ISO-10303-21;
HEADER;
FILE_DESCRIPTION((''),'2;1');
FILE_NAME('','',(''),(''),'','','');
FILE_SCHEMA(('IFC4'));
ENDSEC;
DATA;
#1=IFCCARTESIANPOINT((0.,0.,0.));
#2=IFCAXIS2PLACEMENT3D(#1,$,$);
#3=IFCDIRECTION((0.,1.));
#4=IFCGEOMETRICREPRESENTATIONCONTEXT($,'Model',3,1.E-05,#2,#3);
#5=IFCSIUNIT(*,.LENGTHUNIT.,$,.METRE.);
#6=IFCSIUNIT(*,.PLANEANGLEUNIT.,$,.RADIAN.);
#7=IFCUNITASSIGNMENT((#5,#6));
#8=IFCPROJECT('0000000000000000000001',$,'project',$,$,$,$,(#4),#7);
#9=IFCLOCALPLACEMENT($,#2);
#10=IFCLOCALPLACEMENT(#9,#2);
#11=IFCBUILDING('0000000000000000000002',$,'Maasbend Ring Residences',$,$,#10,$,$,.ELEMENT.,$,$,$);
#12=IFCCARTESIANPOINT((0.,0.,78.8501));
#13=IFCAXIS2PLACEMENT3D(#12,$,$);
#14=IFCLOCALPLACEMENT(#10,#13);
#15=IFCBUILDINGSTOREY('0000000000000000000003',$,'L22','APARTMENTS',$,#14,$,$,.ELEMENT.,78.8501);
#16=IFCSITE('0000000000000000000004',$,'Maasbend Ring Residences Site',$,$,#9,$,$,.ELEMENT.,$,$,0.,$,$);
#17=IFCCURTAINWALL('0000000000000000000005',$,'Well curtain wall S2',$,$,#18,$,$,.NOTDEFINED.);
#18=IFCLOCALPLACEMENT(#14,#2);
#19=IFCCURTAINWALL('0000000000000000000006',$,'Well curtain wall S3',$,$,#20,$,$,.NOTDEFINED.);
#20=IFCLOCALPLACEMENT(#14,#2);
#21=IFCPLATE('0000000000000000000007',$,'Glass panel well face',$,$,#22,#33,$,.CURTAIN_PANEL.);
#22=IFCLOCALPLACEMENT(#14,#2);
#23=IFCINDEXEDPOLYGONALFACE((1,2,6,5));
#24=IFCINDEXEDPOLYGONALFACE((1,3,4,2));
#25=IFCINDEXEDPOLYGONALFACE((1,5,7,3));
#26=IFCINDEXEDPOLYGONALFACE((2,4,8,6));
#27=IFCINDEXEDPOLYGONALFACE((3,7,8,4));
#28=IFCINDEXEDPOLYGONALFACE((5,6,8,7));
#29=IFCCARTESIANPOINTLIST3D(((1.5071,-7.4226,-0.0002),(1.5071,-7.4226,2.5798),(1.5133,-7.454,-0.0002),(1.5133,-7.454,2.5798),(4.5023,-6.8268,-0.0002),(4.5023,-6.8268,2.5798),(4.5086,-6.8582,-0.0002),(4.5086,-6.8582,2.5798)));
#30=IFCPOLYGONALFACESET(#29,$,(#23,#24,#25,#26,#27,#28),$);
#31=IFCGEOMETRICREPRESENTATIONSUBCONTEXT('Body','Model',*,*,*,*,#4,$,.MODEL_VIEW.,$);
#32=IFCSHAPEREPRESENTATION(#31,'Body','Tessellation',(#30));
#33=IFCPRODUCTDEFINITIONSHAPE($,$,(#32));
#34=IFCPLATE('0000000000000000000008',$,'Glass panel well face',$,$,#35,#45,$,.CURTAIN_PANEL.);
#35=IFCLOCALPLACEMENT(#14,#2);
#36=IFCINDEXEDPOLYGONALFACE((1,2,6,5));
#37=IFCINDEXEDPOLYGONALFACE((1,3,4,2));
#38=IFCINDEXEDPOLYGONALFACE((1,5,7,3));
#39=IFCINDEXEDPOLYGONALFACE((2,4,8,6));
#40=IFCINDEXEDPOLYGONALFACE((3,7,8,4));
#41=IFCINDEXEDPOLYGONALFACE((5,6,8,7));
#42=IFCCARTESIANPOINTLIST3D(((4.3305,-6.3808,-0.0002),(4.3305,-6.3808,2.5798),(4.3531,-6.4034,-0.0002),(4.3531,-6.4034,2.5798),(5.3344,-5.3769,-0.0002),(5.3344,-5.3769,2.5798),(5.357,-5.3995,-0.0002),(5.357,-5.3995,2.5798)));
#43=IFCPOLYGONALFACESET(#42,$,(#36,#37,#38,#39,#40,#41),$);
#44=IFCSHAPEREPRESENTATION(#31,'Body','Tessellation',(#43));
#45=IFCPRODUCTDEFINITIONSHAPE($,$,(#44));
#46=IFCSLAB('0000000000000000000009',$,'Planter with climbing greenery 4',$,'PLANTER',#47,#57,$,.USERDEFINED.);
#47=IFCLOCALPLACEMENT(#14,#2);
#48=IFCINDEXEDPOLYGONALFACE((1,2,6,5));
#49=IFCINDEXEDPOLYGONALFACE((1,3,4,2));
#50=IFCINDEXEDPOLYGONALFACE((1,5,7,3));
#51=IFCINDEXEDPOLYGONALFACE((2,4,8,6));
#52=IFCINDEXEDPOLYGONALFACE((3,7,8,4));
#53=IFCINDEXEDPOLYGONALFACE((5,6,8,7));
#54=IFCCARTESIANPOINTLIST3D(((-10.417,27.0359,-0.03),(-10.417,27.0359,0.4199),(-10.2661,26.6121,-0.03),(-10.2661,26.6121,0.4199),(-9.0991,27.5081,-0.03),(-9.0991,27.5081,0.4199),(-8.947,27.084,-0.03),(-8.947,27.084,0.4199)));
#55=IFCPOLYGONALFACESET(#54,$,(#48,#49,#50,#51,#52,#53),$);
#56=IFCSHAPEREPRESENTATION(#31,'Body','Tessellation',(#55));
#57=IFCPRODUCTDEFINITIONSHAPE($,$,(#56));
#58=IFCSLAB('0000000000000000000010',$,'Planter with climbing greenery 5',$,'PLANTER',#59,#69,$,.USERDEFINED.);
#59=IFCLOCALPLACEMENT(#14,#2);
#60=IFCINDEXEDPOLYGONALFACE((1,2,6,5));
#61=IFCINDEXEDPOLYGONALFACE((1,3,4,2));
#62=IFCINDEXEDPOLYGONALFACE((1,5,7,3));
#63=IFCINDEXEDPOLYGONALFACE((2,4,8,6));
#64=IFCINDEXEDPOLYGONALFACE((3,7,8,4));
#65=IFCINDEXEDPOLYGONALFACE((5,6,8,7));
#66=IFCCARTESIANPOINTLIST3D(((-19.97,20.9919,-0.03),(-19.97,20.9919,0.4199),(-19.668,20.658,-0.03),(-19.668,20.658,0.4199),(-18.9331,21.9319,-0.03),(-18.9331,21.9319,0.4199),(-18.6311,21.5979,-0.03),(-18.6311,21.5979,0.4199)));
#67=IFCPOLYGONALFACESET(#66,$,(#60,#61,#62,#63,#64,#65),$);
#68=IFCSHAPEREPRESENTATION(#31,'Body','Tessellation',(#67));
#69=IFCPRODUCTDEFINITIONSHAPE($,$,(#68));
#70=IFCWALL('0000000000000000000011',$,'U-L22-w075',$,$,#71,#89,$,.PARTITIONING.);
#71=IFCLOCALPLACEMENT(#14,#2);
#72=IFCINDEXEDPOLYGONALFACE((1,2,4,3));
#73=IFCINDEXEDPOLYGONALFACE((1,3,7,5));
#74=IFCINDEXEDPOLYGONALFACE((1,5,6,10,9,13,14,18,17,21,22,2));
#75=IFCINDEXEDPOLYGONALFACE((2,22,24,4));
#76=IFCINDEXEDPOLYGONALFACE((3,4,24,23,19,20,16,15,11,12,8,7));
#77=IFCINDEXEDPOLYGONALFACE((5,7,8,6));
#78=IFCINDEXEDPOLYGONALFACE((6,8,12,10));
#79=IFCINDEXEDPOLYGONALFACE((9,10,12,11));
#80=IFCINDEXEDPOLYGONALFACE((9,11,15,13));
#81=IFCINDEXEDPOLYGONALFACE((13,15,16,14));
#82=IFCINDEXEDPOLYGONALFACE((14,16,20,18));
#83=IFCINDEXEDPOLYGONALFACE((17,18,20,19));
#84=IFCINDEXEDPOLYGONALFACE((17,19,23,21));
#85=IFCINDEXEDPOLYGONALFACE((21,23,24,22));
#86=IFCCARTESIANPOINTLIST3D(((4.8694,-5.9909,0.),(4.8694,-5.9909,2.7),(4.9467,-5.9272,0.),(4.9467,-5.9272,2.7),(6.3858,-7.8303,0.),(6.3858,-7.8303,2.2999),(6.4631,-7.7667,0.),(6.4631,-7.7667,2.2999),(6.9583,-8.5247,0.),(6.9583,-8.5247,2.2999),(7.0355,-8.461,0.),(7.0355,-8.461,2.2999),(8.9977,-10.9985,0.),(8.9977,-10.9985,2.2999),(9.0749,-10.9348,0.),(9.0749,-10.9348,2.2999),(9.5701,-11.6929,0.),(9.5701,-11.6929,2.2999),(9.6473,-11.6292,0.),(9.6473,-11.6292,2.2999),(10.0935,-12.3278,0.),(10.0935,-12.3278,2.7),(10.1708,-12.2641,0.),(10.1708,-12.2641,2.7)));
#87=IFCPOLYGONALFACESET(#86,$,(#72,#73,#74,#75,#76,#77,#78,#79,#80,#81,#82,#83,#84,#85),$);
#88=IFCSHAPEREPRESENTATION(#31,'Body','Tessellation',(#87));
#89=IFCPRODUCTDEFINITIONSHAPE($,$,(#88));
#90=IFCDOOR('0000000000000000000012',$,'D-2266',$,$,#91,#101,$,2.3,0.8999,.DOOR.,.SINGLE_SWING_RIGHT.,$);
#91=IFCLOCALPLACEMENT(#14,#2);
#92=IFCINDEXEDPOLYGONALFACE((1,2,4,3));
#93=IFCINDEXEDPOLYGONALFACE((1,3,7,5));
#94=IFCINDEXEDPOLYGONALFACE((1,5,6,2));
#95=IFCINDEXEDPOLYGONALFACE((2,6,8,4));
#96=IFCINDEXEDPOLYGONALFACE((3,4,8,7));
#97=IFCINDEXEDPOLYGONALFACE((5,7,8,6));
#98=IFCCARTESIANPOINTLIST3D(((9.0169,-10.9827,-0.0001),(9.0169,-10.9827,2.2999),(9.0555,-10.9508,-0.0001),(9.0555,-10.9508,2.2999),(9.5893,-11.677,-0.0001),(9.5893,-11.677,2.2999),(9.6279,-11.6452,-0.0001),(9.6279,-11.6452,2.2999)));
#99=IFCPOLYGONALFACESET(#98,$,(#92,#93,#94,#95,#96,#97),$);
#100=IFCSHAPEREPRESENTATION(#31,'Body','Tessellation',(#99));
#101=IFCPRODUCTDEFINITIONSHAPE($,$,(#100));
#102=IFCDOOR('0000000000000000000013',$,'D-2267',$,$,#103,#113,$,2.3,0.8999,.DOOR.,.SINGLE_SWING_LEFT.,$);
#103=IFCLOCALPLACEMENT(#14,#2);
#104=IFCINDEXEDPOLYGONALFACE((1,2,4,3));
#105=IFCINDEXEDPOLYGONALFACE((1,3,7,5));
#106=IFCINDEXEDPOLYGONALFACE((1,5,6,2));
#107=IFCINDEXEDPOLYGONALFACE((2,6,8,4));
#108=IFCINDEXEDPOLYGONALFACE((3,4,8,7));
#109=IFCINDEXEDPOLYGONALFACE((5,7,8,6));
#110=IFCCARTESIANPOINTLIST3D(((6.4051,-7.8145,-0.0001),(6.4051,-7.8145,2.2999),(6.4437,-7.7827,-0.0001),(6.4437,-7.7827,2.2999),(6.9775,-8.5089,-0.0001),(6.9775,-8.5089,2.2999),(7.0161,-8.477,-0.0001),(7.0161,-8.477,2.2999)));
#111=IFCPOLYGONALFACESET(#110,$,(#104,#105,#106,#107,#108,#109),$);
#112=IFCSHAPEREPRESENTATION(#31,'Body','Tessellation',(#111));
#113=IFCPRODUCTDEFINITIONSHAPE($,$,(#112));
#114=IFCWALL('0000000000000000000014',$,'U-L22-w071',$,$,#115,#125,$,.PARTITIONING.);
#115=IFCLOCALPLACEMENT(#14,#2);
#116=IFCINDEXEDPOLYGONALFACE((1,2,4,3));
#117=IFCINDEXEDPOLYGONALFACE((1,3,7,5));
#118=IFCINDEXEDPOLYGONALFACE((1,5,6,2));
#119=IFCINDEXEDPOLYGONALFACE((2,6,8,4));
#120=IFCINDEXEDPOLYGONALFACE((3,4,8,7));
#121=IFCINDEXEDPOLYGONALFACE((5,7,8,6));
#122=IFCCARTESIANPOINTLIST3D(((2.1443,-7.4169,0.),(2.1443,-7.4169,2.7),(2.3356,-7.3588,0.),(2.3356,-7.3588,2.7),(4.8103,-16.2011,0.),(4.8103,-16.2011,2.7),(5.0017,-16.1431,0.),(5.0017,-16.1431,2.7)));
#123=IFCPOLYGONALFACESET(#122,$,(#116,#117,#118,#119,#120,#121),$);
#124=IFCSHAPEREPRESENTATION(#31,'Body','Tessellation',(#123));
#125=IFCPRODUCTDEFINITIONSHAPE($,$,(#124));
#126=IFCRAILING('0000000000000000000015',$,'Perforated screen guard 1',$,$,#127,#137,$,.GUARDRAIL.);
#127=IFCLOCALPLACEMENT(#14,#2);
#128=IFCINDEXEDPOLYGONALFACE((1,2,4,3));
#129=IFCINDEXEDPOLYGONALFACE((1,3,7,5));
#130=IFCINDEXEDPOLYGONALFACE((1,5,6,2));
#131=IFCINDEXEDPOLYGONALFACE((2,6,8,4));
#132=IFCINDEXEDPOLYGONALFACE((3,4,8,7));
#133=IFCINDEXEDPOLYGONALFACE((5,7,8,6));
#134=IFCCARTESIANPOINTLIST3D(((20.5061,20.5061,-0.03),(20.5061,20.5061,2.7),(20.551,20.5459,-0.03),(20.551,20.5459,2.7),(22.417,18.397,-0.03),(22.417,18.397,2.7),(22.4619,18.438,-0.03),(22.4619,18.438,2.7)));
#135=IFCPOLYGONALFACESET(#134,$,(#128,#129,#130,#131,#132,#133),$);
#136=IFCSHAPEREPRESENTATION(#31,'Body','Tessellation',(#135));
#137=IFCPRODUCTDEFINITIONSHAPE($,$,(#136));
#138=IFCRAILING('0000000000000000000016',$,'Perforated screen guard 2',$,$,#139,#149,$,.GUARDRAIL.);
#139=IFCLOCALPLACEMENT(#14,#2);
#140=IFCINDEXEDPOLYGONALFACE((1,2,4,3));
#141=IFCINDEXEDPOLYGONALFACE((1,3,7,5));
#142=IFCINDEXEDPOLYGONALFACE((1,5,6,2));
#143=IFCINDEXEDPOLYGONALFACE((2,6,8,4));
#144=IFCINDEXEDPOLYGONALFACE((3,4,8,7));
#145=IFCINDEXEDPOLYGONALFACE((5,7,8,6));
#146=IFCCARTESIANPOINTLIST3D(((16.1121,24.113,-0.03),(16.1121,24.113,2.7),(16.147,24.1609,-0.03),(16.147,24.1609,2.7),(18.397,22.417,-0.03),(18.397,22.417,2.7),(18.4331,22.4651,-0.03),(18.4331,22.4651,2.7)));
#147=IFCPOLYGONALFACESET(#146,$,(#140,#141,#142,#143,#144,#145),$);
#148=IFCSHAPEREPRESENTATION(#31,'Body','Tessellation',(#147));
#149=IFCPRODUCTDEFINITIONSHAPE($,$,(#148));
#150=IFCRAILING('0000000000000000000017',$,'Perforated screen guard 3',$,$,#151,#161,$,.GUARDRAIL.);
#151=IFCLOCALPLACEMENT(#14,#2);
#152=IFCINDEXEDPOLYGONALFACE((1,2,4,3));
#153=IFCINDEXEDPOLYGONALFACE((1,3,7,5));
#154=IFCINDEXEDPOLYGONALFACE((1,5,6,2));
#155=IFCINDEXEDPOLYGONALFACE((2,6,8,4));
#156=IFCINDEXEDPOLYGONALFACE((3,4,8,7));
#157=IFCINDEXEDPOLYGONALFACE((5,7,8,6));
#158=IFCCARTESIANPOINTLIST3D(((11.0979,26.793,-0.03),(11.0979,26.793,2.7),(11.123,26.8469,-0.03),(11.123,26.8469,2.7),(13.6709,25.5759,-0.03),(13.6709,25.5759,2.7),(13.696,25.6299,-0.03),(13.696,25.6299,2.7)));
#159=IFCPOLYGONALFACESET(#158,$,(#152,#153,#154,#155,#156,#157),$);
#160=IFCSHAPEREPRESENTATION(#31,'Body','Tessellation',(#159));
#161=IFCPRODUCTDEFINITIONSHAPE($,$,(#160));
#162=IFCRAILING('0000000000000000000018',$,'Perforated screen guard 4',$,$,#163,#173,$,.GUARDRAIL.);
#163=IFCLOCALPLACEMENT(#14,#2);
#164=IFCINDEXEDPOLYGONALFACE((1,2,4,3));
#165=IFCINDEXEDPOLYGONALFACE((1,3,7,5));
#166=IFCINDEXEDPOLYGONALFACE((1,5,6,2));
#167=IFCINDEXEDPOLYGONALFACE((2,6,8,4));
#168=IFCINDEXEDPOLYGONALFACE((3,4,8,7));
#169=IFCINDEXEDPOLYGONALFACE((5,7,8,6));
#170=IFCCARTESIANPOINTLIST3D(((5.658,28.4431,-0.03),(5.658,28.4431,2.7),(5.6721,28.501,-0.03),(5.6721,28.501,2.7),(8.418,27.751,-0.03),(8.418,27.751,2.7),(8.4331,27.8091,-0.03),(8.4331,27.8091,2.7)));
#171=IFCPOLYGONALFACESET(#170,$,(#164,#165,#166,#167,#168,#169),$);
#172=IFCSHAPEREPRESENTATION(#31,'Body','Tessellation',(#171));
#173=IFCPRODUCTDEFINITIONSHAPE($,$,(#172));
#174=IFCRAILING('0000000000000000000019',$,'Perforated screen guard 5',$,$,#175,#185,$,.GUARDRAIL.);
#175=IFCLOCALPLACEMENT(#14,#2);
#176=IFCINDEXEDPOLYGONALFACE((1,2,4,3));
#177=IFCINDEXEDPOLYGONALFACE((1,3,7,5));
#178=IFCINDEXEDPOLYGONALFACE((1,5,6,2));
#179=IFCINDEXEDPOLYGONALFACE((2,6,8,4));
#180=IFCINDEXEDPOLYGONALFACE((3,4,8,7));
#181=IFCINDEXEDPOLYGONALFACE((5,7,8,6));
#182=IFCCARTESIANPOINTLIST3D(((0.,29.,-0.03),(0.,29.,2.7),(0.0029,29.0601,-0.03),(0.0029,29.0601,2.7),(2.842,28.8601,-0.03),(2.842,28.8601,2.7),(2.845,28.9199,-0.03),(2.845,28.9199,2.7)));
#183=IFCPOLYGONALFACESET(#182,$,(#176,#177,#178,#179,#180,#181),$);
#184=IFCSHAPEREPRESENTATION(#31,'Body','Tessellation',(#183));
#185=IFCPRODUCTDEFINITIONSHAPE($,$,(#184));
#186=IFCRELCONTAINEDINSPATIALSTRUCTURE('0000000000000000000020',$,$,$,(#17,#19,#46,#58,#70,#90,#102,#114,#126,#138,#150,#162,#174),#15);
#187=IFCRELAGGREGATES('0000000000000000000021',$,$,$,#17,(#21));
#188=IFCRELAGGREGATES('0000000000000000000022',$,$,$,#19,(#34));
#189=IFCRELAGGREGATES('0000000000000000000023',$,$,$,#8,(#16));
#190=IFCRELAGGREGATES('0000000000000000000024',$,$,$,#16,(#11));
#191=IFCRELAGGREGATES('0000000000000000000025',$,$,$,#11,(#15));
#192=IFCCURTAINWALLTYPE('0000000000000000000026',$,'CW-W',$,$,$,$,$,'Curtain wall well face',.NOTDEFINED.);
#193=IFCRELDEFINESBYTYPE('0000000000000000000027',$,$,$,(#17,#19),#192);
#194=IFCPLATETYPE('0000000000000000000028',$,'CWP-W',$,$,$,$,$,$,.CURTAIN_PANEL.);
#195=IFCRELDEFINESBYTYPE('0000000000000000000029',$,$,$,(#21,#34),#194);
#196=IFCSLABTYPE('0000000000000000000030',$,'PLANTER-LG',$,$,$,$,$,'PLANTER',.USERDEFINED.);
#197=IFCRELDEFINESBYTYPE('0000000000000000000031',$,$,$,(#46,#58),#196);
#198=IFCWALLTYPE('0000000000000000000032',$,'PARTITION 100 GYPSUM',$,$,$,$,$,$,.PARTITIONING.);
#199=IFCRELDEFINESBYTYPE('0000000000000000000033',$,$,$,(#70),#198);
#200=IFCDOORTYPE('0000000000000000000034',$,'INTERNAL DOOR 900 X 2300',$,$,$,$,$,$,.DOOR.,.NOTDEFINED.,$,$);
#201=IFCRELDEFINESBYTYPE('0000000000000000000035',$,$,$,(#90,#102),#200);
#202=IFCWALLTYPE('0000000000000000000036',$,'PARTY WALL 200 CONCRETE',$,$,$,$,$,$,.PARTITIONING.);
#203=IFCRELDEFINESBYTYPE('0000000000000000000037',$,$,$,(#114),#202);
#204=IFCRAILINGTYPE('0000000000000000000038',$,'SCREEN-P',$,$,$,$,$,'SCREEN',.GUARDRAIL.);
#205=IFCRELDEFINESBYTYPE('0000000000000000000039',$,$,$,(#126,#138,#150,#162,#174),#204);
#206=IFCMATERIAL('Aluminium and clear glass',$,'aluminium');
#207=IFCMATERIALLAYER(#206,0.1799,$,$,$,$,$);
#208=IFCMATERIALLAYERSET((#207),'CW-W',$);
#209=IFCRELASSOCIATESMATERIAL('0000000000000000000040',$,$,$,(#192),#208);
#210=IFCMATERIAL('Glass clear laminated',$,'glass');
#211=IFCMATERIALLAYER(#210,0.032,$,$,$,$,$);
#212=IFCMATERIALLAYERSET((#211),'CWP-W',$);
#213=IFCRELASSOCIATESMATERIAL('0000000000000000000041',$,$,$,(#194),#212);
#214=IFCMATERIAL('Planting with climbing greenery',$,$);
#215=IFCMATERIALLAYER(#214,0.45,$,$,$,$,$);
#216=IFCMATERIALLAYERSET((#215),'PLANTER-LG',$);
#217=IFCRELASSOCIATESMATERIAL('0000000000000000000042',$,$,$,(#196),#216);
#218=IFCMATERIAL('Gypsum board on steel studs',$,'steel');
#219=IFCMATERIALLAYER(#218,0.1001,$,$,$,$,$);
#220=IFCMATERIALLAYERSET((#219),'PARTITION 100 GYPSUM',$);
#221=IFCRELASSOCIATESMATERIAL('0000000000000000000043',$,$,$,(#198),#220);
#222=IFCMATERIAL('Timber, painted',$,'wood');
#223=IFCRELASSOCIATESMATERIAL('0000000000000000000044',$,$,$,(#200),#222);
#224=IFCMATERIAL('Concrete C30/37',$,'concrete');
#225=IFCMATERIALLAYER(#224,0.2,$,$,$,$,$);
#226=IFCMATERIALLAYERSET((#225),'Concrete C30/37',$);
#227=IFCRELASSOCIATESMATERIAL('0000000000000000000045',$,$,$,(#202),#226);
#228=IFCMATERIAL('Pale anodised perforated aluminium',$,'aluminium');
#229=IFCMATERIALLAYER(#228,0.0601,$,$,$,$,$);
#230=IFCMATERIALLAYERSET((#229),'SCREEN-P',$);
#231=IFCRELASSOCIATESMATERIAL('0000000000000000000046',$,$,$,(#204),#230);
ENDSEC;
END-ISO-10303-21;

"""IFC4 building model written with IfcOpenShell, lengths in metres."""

from ifc_helpers import new_model, si_unit, direction, frame, frame_2d, origin, origin_2d, place, context, subcontext, project, spatial, polyline, rectangle, outline, extrude, material, layer, layer_set, type_object, element, fill, aggregate, save


model = new_model("IFC4")

# Units and contexts
model_context = context("Model", 3, precision=1e-05, world=origin(), true_north=direction((0.0, 1.0)))
body_context = subcontext(model_context, "Body", "Model", "MODEL_VIEW")
ifc_project = project(units=[si_unit("LENGTHUNIT", "METRE"), si_unit("PLANEANGLEUNIT", "RADIAN")], contexts=[model_context])

# Site, building, storey
site_placement = place(None, origin())
site = spatial("IfcSite", under=ifc_project, at=site_placement, Name="Maasbend Ring Residences Site", CompositionType="ELEMENT", RefElevation=0.0)
building_placement = place(site_placement, origin())
building = spatial("IfcBuilding", under=site, at=building_placement, Name="Maasbend Ring Residences", CompositionType="ELEMENT")
storey_placement = place(building_placement, frame((0.0, 0.0, 78.8501)))
storey = spatial("IfcBuildingStorey", under=building, at=storey_placement, Name="L22", Description="APARTMENTS", CompositionType="ELEMENT", Elevation=78.8501)

# Curtain walls
ifc_material_1 = material(Name="Aluminium and clear glass", Category="aluminium")
ifc_layer_1 = layer(ifc_material_1, 0.1799)
ifc_layer_set_1 = layer_set([ifc_layer_1], Name="CW-W")
curtain_wall_type = type_object("IfcCurtainWallType", Name="CW-W", ElementType="Curtain wall well face", PredefinedType="NOTDEFINED", material=ifc_layer_set_1)
curtain_wall_1_placement = place(storey_placement, origin())
curtain_wall_1 = element("IfcCurtainWall", 1, at=curtain_wall_1_placement, inside=storey, type_object=curtain_wall_type, Name="Well curtain wall S2", PredefinedType="NOTDEFINED")
curtain_wall_2_placement = place(storey_placement, origin())
curtain_wall_2 = element("IfcCurtainWall", 2, at=curtain_wall_2_placement, inside=storey, type_object=curtain_wall_type, Name="Well curtain wall S3", PredefinedType="NOTDEFINED")

# Plates
ifc_material_2 = material(Name="Glass clear laminated", Category="glass")
ifc_layer_2 = layer(ifc_material_2, 0.032)
ifc_layer_set_2 = layer_set([ifc_layer_2], Name="CWP-W")
plate_type = type_object("IfcPlateType", Name="CWP-W", PredefinedType="CURTAIN_PANEL", material=ifc_layer_set_2)
plate_1_placement = place(storey_placement, frame((3.0078, -7.1404, -0.0002), z_axis=(0.0, 0.0, 1.0), x_axis=(0.980785, 0.19509, 0.0)))
plate_1 = element("IfcPlate", 3, at=plate_1_placement, type_object=plate_type, Name="Glass panel well face", PredefinedType="CURTAIN_PANEL", context=body_context, shape_type="SweptSolid", body=[
    extrude(rectangle(XDim=3.054, YDim=0.032, at=origin_2d()), origin(), (0.0, 0.0, 1.0), 2.5801),
])
aggregate(curtain_wall_1, [plate_1])
plate_2_placement = place(storey_placement, frame((4.8438, -5.8901, -0.0002), z_axis=(0.0, 0.0, 1.0), x_axis=(0.707107, 0.707107, 0.0)))
plate_2 = element("IfcPlate", 4, at=plate_2_placement, type_object=plate_type, Name="Glass panel well face", PredefinedType="CURTAIN_PANEL", context=body_context, shape_type="SweptSolid", body=[
    extrude(rectangle(XDim=1.4197, YDim=0.032, at=origin_2d()), origin(), (0.0, 0.0, 1.0), 2.5801),
])
aggregate(curtain_wall_2, [plate_2])

# Slabs
ifc_material_3 = material(Name="Planting with climbing greenery")
ifc_layer_3 = layer(ifc_material_3, 0.45)
ifc_layer_set_3 = layer_set([ifc_layer_3], Name="PLANTER-LG")
slab_type_1 = type_object("IfcSlabType", Name="PLANTER-LG", ElementType="PLANTER", PredefinedType="USERDEFINED", material=ifc_layer_set_3)
slab_1_placement = place(storey_placement, frame((0.0, 0.0, -0.03)))
element("IfcSlab", 5, at=slab_1_placement, inside=storey, type_object=slab_type_1, Name="Planter with climbing greenery 4", ObjectType="PLANTER", PredefinedType="USERDEFINED", context=body_context, shape_type="SweptSolid", body=[
    extrude(outline(polyline([(-9.0991, 27.5081), (-10.417, 27.0359), (-10.2661, 26.6121), (-8.947, 27.084), (-9.0991, 27.5081)])), origin(), (0.0, 0.0, 1.0), 0.45),
])
slab_2_placement = place(storey_placement, frame((0.0, 0.0, -0.03)))
element("IfcSlab", 6, at=slab_2_placement, inside=storey, type_object=slab_type_1, Name="Planter with climbing greenery 5", ObjectType="PLANTER", PredefinedType="USERDEFINED", context=body_context, shape_type="SweptSolid", body=[
    extrude(outline(polyline([(-18.9331, 21.9319), (-19.97, 20.9919), (-19.668, 20.658), (-18.6311, 21.5979), (-18.9331, 21.9319)])), origin(), (0.0, 0.0, 1.0), 0.45),
])

# Wall, openings, doors
ifc_material_4 = material(Name="Gypsum board on steel studs", Category="steel")
ifc_layer_4 = layer(ifc_material_4, 0.1001)
ifc_layer_set_4 = layer_set([ifc_layer_4], Name="PARTITION 100 GYPSUM")
wall_type_1 = type_object("IfcWallType", Name="PARTITION 100 GYPSUM", PredefinedType="PARTITIONING", material=ifc_layer_set_4)
wall_1_placement = place(storey_placement, frame((4.908, -5.959, 0.0), z_axis=(0.0, 0.0, 1.0), x_axis=(0.636105, -0.771602, 0.0)))
wall_1 = element("IfcWall", 7, at=wall_1_placement, inside=storey, type_object=wall_type_1, Name="U-L22-w075", PredefinedType="PARTITIONING", context=body_context, shape_type="SweptSolid", body=[
    extrude(rectangle(XDim=8.2126, YDim=0.1001, at=frame_2d((4.1064, 0.0))), origin(), (0.0, 0.0, 1.0), 2.7),
])
opening_1_placement = place(wall_1_placement, frame((6.49, 0.0, 0.0)))
opening_1 = element("IfcOpeningElement", 8, at=opening_1_placement, cuts=wall_1, PredefinedType="OPENING", context=body_context, shape_type="SweptSolid", body=[
    extrude(rectangle(XDim=0.8999, YDim=2.3, at=frame_2d((0.45, 1.1499))), frame((0.0, 0.0601, 0.0), z_axis=(0.0, -1.0, 0.0), x_axis=(1.0, 0.0, 0.0)), (0.0, 0.0, 1.0), 0.1201),
])
opening_2_placement = place(wall_1_placement, frame((2.384, 0.0, 0.0)))
opening_2 = element("IfcOpeningElement", 9, at=opening_2_placement, cuts=wall_1, PredefinedType="OPENING", context=body_context, shape_type="SweptSolid", body=[
    extrude(rectangle(XDim=0.8999, YDim=2.3, at=frame_2d((0.45, 1.1499))), frame((0.0, 0.0601, 0.0), z_axis=(0.0, -1.0, 0.0), x_axis=(1.0, 0.0, 0.0)), (0.0, 0.0, 1.0), 0.1201),
])
ifc_material_5 = material(Name="Timber, painted", Category="wood")
door_type = type_object("IfcDoorType", Name="INTERNAL DOOR 900 X 2300", OperationType="NOTDEFINED", PredefinedType="DOOR", material=ifc_material_5)
door_1_placement = place(opening_1_placement, origin())
door_1 = element("IfcDoor", 10, at=door_1_placement, inside=storey, type_object=door_type, Name="D-2266", OperationType="SINGLE_SWING_RIGHT", OverallHeight=2.3, OverallWidth=0.8999, PredefinedType="DOOR", context=body_context, shape_type="SweptSolid", body=[
    extrude(rectangle(XDim=0.8999, YDim=2.3, at=frame_2d((0.45, 1.1499))), frame((0.0, 0.0249, 0.0), z_axis=(0.0, -1.0, 0.0), x_axis=(1.0, 0.0, 0.0)), (0.0, 0.0, 1.0), 0.05),
])
fill(opening_1, door_1)
door_2_placement = place(opening_2_placement, origin())
door_2 = element("IfcDoor", 11, at=door_2_placement, inside=storey, type_object=door_type, Name="D-2267", OperationType="SINGLE_SWING_LEFT", OverallHeight=2.3, OverallWidth=0.8999, PredefinedType="DOOR", context=body_context, shape_type="SweptSolid", body=[
    extrude(rectangle(XDim=0.8999, YDim=2.3, at=frame_2d((0.45, 1.1499))), frame((0.0, 0.0249, 0.0), z_axis=(0.0, -1.0, 0.0), x_axis=(1.0, 0.0, 0.0)), (0.0, 0.0, 1.0), 0.05),
])
fill(opening_2, door_2)

# Wall
ifc_material_6 = material(Name="Concrete C30/37", Category="concrete")
ifc_layer_5 = layer(ifc_material_6, 0.2)
ifc_layer_set_5 = layer_set([ifc_layer_5], Name="Concrete C30/37")
wall_type_2 = type_object("IfcWallType", Name="PARTY WALL 200 CONCRETE", PredefinedType="PARTITIONING", material=ifc_layer_set_5)
wall_2_placement = place(storey_placement, frame((2.24, -7.3879, 0.0), z_axis=(0.0, 0.0, 1.0), x_axis=(0.290421, -0.956899, 0.0)))
element("IfcWall", 12, at=wall_2_placement, inside=storey, type_object=wall_type_2, Name="U-L22-w071", PredefinedType="PARTITIONING", context=body_context, shape_type="SweptSolid", body=[
    extrude(rectangle(XDim=9.1799, YDim=0.2, at=frame_2d((4.5898, 0.0))), origin(), (0.0, 0.0, 1.0), 2.7),
])

# Railings
ifc_material_7 = material(Name="Pale anodised perforated aluminium", Category="aluminium")
ifc_layer_6 = layer(ifc_material_7, 0.0601)
ifc_layer_set_6 = layer_set([ifc_layer_6], Name="SCREEN-P")
railing_type = type_object("IfcRailingType", Name="SCREEN-P", ElementType="SCREEN", PredefinedType="GUARDRAIL", material=ifc_layer_set_6)
railing_1_placement = place(storey_placement, frame((0.0, 0.0, -0.03)))
element("IfcRailing", 13, at=railing_1_placement, inside=storey, type_object=railing_type, Name="Perforated screen guard 1", PredefinedType="GUARDRAIL", context=body_context, shape_type="SweptSolid", body=[
    extrude(outline(polyline([(22.417, 18.397), (20.5061, 20.5061), (20.551, 20.5459), (22.4619, 18.438), (22.417, 18.397)])), origin(), (0.0, 0.0, 1.0), 2.73),
])
railing_2_placement = place(storey_placement, frame((0.0, 0.0, -0.03)))
element("IfcRailing", 14, at=railing_2_placement, inside=storey, type_object=railing_type, Name="Perforated screen guard 2", PredefinedType="GUARDRAIL", context=body_context, shape_type="SweptSolid", body=[
    extrude(outline(polyline([(18.397, 22.417), (16.1121, 24.113), (16.147, 24.1609), (18.4331, 22.4651), (18.397, 22.417)])), origin(), (0.0, 0.0, 1.0), 2.73),
])
railing_3_placement = place(storey_placement, frame((0.0, 0.0, -0.03)))
element("IfcRailing", 15, at=railing_3_placement, inside=storey, type_object=railing_type, Name="Perforated screen guard 3", PredefinedType="GUARDRAIL", context=body_context, shape_type="SweptSolid", body=[
    extrude(outline(polyline([(13.6709, 25.5759), (11.0979, 26.793), (11.123, 26.8469), (13.696, 25.6299), (13.6709, 25.5759)])), origin(), (0.0, 0.0, 1.0), 2.73),
])
railing_4_placement = place(storey_placement, frame((0.0, 0.0, -0.03)))
element("IfcRailing", 16, at=railing_4_placement, inside=storey, type_object=railing_type, Name="Perforated screen guard 4", PredefinedType="GUARDRAIL", context=body_context, shape_type="SweptSolid", body=[
    extrude(outline(polyline([(8.418, 27.751), (5.658, 28.4431), (5.6721, 28.501), (8.4331, 27.8091), (8.418, 27.751)])), origin(), (0.0, 0.0, 1.0), 2.73),
])
railing_5_placement = place(storey_placement, frame((0.0, 0.0, -0.03)))
element("IfcRailing", 17, at=railing_5_placement, inside=storey, type_object=railing_type, Name="Perforated screen guard 5", PredefinedType="GUARDRAIL", context=body_context, shape_type="SweptSolid", body=[
    extrude(outline(polyline([(2.842, 28.8601), (0.0, 29.0), (0.0029, 29.0601), (2.845, 28.9199), (2.842, 28.8601)])), origin(), (0.0, 0.0, 1.0), 2.73),
])

save(model, "model.ifc")
